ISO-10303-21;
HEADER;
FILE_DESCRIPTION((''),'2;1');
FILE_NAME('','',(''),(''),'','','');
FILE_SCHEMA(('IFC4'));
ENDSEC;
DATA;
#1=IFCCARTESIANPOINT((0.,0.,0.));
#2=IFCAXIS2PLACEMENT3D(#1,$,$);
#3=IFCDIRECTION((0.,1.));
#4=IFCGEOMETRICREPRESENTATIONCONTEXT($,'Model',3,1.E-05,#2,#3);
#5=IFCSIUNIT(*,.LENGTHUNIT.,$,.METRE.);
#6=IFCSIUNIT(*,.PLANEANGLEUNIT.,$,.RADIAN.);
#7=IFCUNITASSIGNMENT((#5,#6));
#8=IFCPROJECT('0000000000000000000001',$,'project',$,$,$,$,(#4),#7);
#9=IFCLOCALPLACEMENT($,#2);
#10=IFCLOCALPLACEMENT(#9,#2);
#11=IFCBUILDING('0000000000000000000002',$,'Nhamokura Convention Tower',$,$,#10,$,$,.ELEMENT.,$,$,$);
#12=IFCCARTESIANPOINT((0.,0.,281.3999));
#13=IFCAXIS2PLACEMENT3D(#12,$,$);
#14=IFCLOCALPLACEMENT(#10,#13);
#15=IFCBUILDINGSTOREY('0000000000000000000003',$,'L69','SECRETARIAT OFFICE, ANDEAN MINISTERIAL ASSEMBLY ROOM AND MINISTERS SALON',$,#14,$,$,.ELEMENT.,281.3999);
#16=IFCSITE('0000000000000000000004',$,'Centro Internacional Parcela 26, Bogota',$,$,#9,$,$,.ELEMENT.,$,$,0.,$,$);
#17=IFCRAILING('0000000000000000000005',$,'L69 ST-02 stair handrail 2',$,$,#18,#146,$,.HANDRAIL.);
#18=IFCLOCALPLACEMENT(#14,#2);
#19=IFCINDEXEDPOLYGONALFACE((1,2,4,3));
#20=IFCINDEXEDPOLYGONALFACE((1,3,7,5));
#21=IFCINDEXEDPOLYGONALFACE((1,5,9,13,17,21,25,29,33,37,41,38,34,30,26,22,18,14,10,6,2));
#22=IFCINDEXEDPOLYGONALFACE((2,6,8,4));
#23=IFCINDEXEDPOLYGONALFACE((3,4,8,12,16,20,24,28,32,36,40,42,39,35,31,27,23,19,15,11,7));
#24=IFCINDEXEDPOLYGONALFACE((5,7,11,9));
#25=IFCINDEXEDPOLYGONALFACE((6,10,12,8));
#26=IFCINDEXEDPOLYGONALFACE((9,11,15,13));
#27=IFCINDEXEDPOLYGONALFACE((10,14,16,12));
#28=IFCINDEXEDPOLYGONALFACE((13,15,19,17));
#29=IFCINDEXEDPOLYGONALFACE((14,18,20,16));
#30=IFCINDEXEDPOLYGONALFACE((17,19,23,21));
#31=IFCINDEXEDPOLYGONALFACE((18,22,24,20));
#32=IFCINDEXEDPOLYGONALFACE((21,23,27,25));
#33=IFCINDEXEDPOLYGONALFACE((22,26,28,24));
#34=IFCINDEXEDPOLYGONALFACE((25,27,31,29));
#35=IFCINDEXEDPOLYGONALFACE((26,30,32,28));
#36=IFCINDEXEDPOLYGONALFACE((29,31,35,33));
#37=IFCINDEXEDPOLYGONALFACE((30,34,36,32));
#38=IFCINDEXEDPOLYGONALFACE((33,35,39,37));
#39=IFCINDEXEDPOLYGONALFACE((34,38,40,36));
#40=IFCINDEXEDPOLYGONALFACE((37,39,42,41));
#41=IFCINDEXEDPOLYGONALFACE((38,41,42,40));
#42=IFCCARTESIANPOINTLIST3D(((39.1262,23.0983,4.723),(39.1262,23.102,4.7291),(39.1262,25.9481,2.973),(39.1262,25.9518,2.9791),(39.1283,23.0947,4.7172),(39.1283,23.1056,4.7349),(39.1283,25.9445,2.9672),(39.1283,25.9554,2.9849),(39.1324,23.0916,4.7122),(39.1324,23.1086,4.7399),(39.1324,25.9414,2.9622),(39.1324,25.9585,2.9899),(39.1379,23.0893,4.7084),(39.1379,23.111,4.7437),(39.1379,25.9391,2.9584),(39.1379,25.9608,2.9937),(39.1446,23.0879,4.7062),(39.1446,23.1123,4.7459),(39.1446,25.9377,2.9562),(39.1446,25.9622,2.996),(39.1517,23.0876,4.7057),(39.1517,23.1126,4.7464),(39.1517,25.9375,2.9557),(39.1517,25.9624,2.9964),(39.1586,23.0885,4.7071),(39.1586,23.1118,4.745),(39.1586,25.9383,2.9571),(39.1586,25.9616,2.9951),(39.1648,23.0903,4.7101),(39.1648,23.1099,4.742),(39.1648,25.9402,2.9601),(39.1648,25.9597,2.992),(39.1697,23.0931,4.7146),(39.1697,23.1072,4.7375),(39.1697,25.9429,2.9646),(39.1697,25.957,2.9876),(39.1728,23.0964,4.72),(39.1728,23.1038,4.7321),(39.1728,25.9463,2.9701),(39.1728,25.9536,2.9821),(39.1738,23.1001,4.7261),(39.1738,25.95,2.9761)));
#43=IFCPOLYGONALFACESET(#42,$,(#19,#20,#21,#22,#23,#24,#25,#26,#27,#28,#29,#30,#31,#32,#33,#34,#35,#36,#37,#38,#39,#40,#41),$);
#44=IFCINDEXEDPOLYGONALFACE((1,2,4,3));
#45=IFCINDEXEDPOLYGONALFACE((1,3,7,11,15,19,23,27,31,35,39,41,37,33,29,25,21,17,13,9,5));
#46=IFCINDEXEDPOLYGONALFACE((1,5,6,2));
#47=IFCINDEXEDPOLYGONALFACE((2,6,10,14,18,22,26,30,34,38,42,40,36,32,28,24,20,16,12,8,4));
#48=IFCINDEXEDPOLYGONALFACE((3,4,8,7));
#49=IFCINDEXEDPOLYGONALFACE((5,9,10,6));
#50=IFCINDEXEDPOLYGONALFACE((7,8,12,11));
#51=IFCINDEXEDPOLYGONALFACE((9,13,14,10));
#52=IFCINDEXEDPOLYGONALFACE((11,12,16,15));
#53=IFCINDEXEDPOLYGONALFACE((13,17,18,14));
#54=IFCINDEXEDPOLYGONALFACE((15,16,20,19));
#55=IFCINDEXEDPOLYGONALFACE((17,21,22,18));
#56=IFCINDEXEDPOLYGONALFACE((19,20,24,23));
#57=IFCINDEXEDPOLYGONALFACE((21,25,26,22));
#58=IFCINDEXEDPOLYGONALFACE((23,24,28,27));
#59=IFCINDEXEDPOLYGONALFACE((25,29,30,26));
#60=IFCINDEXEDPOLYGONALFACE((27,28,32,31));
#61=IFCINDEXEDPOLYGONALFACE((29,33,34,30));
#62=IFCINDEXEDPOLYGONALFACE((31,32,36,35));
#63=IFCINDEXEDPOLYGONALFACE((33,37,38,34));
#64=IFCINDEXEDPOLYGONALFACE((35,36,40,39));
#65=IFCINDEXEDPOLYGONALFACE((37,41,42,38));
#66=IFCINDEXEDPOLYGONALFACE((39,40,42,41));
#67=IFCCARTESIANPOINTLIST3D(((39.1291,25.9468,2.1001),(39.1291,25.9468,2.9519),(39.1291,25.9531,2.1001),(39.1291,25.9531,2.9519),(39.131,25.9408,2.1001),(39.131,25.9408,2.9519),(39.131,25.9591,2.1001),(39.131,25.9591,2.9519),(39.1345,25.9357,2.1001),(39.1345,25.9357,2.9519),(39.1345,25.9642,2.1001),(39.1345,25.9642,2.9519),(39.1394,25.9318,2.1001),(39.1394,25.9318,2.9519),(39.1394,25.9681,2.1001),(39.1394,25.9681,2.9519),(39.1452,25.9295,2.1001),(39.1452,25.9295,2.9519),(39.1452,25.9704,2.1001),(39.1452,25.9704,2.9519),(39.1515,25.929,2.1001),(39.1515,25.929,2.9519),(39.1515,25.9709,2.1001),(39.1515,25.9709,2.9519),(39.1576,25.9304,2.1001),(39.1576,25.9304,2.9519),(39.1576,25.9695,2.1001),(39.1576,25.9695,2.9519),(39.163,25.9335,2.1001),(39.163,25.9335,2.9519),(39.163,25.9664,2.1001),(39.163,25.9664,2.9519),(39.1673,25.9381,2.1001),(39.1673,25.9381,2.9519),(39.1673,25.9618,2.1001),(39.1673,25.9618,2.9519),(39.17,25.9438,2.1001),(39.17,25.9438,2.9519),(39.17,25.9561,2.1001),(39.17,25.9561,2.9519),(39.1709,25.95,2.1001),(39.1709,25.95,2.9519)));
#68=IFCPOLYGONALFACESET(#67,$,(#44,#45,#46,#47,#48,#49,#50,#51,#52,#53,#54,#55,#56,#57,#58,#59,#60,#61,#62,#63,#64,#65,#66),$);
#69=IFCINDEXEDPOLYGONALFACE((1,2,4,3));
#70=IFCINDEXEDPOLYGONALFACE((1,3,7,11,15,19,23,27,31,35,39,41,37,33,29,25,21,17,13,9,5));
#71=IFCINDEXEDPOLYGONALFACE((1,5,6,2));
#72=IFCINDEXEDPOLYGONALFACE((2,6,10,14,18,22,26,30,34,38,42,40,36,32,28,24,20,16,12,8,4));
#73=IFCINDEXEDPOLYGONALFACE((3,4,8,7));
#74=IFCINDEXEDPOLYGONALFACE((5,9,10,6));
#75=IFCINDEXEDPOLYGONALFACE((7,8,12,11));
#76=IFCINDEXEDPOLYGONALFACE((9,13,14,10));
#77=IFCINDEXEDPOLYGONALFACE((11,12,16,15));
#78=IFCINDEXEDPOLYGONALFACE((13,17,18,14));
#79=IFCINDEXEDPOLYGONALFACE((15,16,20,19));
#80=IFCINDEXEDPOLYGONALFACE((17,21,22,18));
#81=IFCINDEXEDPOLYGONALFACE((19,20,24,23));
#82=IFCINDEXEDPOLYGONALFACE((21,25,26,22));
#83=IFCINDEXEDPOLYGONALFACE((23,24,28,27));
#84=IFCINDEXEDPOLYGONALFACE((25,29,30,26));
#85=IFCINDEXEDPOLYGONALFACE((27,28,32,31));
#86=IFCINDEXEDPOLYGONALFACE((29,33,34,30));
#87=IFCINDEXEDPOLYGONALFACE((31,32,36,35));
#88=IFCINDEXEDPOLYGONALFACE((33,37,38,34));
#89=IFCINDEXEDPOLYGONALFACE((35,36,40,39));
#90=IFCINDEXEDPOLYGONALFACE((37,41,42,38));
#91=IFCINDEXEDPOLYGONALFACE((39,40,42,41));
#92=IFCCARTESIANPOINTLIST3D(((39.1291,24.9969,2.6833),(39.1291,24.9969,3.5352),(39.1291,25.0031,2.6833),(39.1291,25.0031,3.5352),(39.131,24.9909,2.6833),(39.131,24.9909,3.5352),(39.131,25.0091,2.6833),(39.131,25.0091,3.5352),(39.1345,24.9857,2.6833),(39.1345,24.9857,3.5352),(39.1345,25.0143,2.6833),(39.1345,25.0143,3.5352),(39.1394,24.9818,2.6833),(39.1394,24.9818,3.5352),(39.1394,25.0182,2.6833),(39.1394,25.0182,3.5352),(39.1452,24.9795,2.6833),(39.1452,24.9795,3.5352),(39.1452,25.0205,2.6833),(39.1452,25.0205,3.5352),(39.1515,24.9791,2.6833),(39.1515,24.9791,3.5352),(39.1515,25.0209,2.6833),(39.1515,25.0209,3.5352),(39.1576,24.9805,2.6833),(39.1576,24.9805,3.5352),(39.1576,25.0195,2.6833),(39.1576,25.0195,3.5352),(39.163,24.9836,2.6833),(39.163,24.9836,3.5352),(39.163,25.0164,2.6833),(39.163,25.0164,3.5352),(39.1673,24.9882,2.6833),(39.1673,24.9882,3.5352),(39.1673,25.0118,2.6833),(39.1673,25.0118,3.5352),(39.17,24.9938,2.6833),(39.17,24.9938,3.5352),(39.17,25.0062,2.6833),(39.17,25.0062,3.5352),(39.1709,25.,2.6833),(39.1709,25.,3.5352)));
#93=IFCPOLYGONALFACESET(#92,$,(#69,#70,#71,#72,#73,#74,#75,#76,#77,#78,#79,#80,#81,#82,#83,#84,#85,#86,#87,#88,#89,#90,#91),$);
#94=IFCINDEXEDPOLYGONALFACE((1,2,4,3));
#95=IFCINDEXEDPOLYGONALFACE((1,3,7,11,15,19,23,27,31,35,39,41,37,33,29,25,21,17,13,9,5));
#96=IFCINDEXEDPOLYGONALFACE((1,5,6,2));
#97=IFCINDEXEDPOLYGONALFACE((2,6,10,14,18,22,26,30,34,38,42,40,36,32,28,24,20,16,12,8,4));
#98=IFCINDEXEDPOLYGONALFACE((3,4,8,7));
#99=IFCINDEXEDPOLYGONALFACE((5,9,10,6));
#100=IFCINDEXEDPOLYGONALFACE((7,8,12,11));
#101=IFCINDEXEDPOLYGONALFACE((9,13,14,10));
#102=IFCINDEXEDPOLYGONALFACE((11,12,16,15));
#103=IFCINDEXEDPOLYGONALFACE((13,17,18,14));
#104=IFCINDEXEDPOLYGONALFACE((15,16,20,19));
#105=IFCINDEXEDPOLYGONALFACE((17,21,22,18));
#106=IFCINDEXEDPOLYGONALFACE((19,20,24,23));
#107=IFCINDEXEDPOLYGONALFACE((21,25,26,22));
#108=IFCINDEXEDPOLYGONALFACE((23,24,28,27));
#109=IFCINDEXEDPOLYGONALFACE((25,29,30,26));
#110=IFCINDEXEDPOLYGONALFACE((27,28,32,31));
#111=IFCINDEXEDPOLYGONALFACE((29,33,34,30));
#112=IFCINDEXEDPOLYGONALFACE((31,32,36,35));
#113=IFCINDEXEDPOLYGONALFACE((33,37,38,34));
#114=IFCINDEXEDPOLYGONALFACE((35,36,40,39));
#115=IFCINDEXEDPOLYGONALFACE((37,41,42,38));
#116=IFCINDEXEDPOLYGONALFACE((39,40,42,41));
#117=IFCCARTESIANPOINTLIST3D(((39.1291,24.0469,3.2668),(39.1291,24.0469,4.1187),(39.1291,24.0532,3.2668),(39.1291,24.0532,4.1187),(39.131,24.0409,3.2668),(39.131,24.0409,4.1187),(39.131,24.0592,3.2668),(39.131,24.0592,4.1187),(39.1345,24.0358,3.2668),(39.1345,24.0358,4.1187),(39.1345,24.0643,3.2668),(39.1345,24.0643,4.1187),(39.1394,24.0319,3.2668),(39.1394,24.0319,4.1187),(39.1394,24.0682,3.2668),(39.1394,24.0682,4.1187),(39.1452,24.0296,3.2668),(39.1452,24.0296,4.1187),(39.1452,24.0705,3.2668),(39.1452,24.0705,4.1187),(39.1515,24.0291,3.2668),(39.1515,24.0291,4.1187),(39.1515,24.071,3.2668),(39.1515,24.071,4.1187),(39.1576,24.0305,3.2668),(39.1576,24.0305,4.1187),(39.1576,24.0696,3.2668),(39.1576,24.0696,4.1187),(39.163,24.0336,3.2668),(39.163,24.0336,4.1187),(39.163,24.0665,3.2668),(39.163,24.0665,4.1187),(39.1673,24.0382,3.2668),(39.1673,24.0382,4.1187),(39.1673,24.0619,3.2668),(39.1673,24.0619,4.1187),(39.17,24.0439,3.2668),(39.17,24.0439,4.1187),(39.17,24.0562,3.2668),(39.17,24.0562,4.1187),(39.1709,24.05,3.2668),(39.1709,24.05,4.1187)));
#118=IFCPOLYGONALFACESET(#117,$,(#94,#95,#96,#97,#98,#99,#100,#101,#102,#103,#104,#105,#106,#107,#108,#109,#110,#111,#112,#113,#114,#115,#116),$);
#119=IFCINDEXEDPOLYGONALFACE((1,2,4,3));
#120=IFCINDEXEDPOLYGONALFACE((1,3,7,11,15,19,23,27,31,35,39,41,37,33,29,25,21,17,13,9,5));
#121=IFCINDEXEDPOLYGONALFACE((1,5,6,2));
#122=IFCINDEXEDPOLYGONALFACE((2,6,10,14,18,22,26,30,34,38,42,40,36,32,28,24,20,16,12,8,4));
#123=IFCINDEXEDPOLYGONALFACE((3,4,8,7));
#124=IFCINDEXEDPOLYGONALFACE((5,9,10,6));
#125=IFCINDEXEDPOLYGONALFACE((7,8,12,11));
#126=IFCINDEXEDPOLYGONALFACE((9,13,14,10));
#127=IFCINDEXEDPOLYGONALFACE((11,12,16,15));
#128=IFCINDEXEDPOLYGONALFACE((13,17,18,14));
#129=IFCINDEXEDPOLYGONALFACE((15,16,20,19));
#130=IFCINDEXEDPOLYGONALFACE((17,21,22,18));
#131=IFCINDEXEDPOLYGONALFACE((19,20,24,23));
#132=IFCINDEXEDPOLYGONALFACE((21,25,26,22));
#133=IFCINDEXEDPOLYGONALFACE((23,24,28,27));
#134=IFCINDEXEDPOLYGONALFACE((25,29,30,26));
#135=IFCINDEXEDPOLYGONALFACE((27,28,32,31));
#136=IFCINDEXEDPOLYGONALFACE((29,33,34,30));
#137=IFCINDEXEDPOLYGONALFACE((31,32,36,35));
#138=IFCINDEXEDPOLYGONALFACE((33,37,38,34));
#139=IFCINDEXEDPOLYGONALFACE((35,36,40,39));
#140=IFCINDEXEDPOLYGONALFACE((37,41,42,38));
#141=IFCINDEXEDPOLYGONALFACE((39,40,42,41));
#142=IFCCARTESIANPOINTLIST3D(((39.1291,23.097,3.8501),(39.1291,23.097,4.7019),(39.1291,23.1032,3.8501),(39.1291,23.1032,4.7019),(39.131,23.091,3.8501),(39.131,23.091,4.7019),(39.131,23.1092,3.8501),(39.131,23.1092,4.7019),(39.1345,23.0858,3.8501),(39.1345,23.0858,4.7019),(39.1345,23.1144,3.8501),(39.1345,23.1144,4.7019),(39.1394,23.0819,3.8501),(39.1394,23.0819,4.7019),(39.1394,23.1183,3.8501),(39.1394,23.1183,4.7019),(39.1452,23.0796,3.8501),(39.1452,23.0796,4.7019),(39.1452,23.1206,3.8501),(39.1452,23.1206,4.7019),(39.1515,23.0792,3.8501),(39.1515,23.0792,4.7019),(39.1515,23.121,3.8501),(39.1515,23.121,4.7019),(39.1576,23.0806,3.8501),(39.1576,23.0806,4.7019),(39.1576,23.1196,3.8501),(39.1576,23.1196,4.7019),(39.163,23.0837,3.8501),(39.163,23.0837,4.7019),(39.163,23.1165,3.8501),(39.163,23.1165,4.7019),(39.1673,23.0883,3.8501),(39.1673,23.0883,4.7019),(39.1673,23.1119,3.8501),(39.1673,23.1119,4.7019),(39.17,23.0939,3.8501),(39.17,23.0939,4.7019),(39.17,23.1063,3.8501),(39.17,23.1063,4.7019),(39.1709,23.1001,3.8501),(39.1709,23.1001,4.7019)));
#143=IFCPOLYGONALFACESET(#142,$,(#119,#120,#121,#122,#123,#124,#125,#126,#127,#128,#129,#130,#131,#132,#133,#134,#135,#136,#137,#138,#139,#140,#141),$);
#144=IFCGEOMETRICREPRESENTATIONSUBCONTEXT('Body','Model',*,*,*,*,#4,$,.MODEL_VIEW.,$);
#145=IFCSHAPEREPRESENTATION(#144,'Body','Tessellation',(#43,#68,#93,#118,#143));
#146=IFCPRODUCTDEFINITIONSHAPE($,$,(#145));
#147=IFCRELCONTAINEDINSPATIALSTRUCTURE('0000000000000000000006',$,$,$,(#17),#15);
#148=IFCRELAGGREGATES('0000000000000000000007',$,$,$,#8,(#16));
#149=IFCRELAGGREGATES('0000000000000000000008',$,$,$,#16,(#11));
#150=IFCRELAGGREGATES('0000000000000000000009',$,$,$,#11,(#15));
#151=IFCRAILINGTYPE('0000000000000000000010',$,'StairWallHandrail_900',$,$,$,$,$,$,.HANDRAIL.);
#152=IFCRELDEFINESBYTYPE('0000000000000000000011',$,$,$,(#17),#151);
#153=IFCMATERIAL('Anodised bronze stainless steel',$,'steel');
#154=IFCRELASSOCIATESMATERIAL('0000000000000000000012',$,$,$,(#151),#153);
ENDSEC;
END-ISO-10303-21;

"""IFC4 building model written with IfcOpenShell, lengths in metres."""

from ifc_helpers import new_model, si_unit, direction, frame, origin, origin_2d, place, context, subcontext, project, spatial, circle, extrude, material, type_object, element, save


model = new_model("IFC4")

# Units and contexts
model_context = context("Model", 3, precision=1e-05, world=origin(), true_north=direction((0.0, 1.0)))
body_context = subcontext(model_context, "Body", "Model", "MODEL_VIEW")
ifc_project = project(units=[si_unit("LENGTHUNIT", "METRE"), si_unit("PLANEANGLEUNIT", "RADIAN")], contexts=[model_context])

# Site, building, storey
site_placement = place(None, origin())
site = spatial("IfcSite", under=ifc_project, at=site_placement, Name="Centro Internacional Parcela 26, Bogota", CompositionType="ELEMENT", RefElevation=0.0)
building_placement = place(site_placement, origin())
building = spatial("IfcBuilding", under=site, at=building_placement, Name="Nhamokura Convention Tower", CompositionType="ELEMENT")
storey_placement = place(building_placement, frame((0.0, 0.0, 281.3999)))
storey = spatial("IfcBuildingStorey", under=building, at=storey_placement, Name="L69", Description="SECRETARIAT OFFICE, ANDEAN MINISTERIAL ASSEMBLY ROOM AND MINISTERS SALON", CompositionType="ELEMENT", Elevation=281.3999)

# Railing
ifc_material_1 = material(Name="Anodised bronze stainless steel", Category="steel")
railing_type_1 = type_object("IfcRailingType", Name="StairWallHandrail_900", PredefinedType="HANDRAIL", material=ifc_material_1)
railing_1_placement = place(storey_placement, frame((39.1499, 25.95, 2.1001)))
element("IfcRailing", 1, at=railing_1_placement, inside=storey, type_object=railing_type_1, Name="L69 ST-02 stair handrail 2", PredefinedType="HANDRAIL", context=body_context, shape_type="SweptSolid", body=[
    extrude(circle(Radius=0.0239, at=origin_2d()), frame((0.0, 0.0, 0.876), z_axis=(0.0, -0.852159, 0.523283), x_axis=(1.0, 0.0, 0.0)), (0.0, 0.0, 1.0), 3.3442),
    extrude(circle(Radius=0.021, at=origin_2d()), origin(), (0.0, 0.0, 1.0), 0.8518),
    extrude(circle(Radius=0.021, at=origin_2d()), frame((0.0, -0.95, 0.5833)), (0.0, 0.0, 1.0), 0.8518),
    extrude(circle(Radius=0.021, at=origin_2d()), frame((0.0, -1.8999, 1.1667)), (0.0, 0.0, 1.0), 0.8518),
    extrude(circle(Radius=0.021, at=origin_2d()), frame((0.0, -2.8499, 1.75)), (0.0, 0.0, 1.0), 0.8518),
])

save(model, "model.ifc")
